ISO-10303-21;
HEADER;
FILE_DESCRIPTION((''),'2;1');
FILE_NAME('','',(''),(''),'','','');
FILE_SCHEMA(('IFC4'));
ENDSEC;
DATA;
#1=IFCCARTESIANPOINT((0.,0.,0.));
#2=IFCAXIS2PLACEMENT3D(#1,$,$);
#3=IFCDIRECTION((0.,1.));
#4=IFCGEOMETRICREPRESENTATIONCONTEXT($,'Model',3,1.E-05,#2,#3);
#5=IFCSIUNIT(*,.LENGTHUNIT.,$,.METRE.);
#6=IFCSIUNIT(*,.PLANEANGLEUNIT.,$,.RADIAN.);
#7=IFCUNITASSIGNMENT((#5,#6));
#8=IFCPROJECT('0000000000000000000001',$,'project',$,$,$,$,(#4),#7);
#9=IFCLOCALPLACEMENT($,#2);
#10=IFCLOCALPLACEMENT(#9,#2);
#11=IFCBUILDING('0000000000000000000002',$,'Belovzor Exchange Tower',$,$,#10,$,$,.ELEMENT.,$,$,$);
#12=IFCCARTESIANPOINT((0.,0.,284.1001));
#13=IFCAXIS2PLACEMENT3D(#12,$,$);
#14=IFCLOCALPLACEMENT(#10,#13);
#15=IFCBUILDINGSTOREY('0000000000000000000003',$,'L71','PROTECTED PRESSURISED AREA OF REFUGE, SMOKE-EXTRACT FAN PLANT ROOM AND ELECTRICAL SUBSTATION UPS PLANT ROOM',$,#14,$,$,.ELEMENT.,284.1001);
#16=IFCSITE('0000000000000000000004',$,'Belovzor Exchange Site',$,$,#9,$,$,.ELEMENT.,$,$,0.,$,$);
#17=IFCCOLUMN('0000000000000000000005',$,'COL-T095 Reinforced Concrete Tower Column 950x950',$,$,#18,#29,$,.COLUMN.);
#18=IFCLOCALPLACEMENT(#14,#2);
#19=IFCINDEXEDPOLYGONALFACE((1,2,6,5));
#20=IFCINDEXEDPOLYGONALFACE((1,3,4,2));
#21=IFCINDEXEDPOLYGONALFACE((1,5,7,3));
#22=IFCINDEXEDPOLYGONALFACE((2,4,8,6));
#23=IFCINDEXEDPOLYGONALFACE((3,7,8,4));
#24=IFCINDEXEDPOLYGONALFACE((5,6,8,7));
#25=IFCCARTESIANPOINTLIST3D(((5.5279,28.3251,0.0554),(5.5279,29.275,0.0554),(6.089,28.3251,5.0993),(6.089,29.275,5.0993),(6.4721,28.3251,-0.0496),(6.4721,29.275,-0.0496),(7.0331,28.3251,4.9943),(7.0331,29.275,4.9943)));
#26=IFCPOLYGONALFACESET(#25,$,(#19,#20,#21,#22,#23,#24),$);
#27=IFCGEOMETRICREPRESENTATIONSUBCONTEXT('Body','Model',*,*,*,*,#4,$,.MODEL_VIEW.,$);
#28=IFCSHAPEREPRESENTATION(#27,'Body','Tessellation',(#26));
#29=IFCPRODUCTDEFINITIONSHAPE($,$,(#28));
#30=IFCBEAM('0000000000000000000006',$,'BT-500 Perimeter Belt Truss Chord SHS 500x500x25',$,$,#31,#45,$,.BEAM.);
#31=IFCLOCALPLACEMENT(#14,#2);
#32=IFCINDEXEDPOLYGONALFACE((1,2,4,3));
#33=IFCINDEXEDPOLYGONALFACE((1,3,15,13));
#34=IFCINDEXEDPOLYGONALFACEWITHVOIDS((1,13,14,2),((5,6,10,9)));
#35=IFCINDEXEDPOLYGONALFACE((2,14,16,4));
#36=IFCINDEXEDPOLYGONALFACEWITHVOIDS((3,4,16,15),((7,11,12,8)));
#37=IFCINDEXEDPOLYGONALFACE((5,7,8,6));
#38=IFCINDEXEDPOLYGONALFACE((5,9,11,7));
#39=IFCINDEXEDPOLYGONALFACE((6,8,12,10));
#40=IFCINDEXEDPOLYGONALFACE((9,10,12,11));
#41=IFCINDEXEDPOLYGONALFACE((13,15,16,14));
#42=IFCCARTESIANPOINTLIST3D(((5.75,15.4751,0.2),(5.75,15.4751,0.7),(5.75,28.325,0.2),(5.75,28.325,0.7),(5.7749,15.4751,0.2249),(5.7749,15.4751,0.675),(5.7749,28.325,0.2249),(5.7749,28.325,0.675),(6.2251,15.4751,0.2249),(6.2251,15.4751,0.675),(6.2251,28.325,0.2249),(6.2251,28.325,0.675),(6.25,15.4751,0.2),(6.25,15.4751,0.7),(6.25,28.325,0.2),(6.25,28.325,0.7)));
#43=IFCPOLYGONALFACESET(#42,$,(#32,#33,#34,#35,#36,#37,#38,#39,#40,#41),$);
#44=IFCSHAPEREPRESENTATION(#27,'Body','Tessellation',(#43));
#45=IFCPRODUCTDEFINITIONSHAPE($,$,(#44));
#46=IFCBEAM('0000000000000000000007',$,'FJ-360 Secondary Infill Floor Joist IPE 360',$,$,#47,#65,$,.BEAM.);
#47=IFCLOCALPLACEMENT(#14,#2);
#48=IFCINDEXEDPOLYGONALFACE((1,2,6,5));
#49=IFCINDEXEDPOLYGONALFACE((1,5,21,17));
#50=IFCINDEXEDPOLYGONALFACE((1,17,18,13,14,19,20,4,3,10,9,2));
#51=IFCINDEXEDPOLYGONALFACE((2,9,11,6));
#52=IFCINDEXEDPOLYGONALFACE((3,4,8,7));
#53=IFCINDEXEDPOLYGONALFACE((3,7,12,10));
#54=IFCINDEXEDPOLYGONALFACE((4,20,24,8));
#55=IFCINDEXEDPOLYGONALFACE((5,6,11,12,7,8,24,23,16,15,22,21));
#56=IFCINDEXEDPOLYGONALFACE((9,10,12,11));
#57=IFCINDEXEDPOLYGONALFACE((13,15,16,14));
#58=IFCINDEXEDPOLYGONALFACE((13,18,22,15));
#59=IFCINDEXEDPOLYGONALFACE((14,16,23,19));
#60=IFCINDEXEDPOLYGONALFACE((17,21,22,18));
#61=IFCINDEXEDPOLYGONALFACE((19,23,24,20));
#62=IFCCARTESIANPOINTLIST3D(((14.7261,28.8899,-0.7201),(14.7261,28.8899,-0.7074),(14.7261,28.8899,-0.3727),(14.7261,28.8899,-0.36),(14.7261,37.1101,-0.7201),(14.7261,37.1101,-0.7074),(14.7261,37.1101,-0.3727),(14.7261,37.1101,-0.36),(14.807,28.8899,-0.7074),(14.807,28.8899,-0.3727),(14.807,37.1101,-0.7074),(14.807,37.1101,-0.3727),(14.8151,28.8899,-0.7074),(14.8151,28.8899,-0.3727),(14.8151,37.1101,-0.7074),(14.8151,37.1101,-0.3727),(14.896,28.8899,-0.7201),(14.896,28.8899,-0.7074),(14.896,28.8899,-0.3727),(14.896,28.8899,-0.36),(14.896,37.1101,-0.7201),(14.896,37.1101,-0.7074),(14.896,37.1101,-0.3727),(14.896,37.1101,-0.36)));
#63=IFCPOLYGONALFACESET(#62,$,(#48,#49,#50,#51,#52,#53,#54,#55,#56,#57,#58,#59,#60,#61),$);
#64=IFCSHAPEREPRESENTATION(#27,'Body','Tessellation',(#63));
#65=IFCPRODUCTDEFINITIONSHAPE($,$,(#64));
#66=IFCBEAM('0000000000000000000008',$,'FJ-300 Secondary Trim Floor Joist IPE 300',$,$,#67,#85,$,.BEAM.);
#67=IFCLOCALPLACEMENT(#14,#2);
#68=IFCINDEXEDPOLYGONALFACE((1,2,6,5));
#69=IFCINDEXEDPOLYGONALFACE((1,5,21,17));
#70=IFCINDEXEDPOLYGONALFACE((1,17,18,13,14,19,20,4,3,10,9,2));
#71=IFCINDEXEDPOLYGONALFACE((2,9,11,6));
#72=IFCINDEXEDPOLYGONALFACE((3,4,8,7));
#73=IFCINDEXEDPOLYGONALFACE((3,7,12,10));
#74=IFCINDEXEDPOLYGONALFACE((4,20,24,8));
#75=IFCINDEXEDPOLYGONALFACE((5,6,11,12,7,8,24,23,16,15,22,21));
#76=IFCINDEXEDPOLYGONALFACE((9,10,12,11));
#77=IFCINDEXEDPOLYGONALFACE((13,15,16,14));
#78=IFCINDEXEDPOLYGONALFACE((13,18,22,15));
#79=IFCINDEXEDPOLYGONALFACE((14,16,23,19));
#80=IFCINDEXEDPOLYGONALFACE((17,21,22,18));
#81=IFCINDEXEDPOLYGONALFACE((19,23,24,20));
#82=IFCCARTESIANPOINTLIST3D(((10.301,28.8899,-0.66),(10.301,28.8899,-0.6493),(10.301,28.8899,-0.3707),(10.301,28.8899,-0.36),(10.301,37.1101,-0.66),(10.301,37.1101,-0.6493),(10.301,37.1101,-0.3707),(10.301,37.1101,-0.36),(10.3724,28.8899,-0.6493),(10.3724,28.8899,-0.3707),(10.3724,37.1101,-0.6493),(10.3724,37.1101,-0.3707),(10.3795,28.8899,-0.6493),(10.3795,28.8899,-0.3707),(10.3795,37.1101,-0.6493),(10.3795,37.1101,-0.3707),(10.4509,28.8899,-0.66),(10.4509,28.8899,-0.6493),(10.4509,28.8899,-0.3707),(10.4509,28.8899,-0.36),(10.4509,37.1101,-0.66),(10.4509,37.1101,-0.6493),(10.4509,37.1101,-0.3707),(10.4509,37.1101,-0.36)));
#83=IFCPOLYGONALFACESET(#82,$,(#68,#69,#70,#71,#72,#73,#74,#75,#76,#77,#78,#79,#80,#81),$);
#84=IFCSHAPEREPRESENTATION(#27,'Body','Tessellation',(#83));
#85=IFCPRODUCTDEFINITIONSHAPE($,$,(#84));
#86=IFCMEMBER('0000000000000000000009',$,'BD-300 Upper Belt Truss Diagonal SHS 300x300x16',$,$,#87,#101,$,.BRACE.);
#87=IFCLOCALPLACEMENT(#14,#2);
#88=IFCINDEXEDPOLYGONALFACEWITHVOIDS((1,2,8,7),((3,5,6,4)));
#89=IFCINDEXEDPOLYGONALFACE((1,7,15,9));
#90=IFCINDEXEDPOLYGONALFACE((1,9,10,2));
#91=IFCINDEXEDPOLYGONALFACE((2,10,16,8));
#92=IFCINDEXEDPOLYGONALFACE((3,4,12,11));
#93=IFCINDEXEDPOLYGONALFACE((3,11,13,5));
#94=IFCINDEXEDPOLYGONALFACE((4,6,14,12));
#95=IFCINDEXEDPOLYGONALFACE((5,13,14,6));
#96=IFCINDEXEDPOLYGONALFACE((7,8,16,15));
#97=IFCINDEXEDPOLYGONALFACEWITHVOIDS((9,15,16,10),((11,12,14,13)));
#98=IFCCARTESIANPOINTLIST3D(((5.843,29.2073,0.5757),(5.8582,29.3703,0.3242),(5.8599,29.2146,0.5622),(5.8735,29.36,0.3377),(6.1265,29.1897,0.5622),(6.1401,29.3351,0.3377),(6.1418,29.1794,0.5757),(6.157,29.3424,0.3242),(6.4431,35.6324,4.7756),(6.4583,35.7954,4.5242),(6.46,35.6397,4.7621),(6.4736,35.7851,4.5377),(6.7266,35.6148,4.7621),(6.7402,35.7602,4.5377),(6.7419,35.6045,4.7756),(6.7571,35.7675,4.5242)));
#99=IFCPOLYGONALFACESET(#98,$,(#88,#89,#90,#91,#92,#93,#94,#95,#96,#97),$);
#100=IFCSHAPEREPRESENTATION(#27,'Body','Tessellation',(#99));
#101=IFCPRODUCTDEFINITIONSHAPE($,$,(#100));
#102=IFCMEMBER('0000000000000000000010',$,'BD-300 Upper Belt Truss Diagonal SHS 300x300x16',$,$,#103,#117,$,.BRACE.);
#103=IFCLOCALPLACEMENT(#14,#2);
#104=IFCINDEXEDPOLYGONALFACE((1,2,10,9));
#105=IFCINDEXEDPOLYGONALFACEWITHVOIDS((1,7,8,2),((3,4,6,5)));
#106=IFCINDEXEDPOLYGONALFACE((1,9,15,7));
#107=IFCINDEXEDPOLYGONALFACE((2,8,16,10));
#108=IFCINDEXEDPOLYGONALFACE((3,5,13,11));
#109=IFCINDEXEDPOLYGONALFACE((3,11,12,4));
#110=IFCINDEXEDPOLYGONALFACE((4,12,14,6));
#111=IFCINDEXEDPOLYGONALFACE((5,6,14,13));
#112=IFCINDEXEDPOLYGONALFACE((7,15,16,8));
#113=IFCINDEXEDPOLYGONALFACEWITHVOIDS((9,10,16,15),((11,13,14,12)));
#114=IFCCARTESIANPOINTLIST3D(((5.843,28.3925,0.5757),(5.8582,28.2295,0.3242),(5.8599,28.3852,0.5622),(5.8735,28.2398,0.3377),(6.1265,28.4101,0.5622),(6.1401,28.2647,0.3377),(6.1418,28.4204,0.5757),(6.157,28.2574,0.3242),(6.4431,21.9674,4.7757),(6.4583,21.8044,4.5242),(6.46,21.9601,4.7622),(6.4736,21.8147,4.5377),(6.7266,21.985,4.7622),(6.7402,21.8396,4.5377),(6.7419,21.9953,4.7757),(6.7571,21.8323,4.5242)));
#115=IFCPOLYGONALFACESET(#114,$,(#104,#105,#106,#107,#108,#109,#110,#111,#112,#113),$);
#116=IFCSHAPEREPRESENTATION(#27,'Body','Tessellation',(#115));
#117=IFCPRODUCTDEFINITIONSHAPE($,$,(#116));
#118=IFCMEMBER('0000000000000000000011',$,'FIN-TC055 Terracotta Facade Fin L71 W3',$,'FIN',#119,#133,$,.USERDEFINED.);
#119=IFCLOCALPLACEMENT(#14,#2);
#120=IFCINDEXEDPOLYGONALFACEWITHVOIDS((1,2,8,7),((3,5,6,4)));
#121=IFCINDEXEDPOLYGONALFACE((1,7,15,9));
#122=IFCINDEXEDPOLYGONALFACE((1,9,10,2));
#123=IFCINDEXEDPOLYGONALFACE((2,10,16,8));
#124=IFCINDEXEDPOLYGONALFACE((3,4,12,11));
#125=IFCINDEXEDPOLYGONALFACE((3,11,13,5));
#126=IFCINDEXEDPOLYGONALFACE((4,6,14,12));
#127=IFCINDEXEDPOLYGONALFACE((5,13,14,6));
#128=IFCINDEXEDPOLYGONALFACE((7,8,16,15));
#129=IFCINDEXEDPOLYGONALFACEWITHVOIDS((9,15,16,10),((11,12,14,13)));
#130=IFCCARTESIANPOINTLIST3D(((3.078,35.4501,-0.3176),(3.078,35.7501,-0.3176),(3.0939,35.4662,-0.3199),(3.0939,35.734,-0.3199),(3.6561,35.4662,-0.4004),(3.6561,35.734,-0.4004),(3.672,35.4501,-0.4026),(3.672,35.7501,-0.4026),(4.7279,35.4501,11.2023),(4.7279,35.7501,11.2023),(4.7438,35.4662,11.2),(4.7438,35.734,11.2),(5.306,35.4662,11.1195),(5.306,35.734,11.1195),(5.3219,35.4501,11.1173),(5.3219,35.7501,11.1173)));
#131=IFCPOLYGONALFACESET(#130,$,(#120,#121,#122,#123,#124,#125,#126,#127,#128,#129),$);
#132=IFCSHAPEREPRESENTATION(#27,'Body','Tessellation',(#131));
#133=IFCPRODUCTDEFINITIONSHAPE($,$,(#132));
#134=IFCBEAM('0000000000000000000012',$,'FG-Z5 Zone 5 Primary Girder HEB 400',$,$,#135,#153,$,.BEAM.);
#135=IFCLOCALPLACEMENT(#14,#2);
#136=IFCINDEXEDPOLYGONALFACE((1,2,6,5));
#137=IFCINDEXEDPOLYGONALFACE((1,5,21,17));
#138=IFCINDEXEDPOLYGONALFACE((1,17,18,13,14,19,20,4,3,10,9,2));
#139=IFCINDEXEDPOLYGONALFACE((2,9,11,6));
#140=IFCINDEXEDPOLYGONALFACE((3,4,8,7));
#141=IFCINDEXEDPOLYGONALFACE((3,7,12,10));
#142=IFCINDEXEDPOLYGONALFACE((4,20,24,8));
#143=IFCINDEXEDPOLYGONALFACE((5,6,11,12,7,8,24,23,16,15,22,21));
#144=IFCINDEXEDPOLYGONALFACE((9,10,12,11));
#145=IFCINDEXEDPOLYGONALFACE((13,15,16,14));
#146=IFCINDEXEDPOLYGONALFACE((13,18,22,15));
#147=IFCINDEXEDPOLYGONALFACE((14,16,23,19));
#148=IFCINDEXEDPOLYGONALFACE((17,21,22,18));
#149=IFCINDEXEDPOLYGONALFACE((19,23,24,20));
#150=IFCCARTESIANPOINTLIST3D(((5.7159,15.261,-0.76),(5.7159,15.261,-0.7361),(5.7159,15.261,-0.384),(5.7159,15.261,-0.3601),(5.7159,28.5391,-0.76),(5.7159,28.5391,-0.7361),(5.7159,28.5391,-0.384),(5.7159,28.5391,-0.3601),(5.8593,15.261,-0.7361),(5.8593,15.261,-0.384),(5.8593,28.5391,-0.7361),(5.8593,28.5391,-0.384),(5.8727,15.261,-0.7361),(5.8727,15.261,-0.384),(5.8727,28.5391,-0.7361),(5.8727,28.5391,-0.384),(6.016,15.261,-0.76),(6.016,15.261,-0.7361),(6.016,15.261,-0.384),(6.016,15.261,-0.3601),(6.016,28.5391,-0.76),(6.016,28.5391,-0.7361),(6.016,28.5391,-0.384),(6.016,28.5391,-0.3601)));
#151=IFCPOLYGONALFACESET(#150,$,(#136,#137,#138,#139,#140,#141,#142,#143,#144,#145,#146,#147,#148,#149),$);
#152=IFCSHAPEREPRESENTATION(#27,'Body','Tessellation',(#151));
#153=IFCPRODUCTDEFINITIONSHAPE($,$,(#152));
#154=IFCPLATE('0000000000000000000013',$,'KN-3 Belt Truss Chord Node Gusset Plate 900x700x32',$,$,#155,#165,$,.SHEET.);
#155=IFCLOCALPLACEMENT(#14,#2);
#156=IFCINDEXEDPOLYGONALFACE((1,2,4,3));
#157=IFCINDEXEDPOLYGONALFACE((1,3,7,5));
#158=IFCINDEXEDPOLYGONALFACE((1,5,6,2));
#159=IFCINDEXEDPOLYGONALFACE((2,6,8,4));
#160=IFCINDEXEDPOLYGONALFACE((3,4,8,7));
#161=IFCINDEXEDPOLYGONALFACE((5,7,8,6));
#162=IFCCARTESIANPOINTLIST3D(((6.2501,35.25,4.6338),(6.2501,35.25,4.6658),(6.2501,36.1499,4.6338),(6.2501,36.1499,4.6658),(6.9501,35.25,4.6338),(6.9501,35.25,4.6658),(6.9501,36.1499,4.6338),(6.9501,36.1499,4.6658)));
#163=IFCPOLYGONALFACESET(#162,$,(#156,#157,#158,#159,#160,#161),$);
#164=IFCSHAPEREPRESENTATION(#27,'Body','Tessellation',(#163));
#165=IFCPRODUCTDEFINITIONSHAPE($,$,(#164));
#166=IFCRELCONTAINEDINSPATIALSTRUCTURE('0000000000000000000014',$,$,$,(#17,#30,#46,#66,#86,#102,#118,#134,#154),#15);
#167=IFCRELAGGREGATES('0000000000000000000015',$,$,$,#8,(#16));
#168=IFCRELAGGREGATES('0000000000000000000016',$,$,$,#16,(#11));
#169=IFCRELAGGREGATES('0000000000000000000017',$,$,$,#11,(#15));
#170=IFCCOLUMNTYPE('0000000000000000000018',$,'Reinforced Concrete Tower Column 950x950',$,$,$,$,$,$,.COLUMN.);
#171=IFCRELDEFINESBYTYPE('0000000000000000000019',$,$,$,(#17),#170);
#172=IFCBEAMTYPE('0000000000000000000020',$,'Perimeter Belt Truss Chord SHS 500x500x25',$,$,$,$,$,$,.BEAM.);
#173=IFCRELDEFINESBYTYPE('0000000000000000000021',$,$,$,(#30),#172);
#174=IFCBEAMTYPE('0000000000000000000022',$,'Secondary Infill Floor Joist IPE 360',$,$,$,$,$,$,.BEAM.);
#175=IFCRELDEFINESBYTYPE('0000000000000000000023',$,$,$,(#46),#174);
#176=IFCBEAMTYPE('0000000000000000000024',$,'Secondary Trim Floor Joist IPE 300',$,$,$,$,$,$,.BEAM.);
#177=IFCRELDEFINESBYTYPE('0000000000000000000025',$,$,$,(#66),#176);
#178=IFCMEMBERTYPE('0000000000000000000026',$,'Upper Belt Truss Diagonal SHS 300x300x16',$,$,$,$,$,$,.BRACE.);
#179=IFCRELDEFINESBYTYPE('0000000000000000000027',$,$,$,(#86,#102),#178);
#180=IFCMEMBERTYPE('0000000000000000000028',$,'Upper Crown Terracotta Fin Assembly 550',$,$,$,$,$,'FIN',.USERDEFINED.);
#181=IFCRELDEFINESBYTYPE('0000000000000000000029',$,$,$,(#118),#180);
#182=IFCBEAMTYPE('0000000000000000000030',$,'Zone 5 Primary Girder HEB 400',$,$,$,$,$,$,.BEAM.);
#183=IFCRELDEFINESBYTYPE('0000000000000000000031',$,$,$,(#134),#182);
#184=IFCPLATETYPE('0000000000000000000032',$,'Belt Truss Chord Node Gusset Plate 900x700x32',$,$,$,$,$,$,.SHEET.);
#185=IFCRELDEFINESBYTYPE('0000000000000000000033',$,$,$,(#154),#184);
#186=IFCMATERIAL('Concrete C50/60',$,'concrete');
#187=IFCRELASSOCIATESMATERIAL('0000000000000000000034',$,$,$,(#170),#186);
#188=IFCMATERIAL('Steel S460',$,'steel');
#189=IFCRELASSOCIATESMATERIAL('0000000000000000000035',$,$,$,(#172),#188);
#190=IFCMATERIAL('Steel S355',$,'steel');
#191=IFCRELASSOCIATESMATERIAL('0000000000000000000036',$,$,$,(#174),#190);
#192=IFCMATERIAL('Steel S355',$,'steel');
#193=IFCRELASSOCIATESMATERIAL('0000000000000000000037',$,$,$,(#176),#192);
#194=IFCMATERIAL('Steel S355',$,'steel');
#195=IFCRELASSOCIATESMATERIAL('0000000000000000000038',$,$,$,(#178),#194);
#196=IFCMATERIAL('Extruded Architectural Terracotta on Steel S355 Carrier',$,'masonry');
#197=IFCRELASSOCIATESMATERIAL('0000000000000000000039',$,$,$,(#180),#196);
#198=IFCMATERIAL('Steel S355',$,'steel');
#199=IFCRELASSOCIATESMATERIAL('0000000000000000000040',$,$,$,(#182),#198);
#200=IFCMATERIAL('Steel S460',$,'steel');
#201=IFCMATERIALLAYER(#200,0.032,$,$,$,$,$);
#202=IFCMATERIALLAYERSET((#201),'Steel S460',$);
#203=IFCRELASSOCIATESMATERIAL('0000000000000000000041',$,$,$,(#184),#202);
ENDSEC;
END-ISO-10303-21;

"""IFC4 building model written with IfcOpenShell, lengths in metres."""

from ifc_helpers import new_model, si_unit, direction, frame, origin, origin_2d, place, context, subcontext, project, spatial, rectangle, hollow_rectangle, i_section, extrude, material, layer, layer_set, material_profile, profile_set, type_object, element, save


model = new_model("IFC4")

# Units and contexts
model_context = context("Model", 3, precision=1e-05, world=origin(), true_north=direction((0.0, 1.0)))
body_context = subcontext(model_context, "Body", "Model", "MODEL_VIEW")
ifc_project = project(units=[si_unit("LENGTHUNIT", "METRE"), si_unit("PLANEANGLEUNIT", "RADIAN")], contexts=[model_context])

# Site, building, storey
site_placement = place(None, origin())
site = spatial("IfcSite", under=ifc_project, at=site_placement, Name="Belovzor Exchange Site", CompositionType="ELEMENT", RefElevation=0.0)
building_placement = place(site_placement, origin())
building = spatial("IfcBuilding", under=site, at=building_placement, Name="Belovzor Exchange Tower", CompositionType="ELEMENT")
storey_placement = place(building_placement, frame((0.0, 0.0, 284.1001)))
storey = spatial("IfcBuildingStorey", under=building, at=storey_placement, Name="L71", Description="PROTECTED PRESSURISED AREA OF REFUGE, SMOKE-EXTRACT FAN PLANT ROOM AND ELECTRICAL SUBSTATION UPS PLANT ROOM", CompositionType="ELEMENT", Elevation=284.1001)

# Column
ifc_material_1 = material(Name="Concrete C50/60", Category="concrete")
ifc_material_profile_1 = material_profile(ifc_material_1, rectangle(XDim=0.95, YDim=0.95, at=origin_2d()))
ifc_profile_set_1 = profile_set([ifc_material_profile_1], Name="Concrete C50/60")
column_type = type_object("IfcColumnType", Name="Reinforced Concrete Tower Column 950x950", PredefinedType="COLUMN", material=ifc_profile_set_1)
column_placement = place(storey_placement, frame((6.0, 28.8, 0.0029), z_axis=(0.110548, 0.0, 0.993871), x_axis=(0.0, 1.0, 0.0)))
element("IfcColumn", 1, at=column_placement, inside=storey, type_object=column_type, Name="COL-T095 Reinforced Concrete Tower Column 950x950", PredefinedType="COLUMN", context=body_context, shape_type="SweptSolid", body=[
    extrude(rectangle(XDim=0.95, YDim=0.95, at=origin_2d()), origin(), (0.0, 0.0, 1.0), 5.075),
])

# Beams
ifc_material_2 = material(Name="Steel S460", Category="steel")
ifc_material_profile_2 = material_profile(ifc_material_2, hollow_rectangle(XDim=0.5, YDim=0.5, WallThickness=0.0249, at=origin_2d()))
ifc_profile_set_2 = profile_set([ifc_material_profile_2], Name="Steel S460")
beam_type_1 = type_object("IfcBeamType", Name="Perimeter Belt Truss Chord SHS 500x500x25", PredefinedType="BEAM", material=ifc_profile_set_2)
beam_1_placement = place(storey_placement, frame((6.0, 28.325, 0.45), z_axis=(0.0, -1.0, 0.0), x_axis=(1.0, 0.0, 0.0)))
element("IfcBeam", 2, at=beam_1_placement, inside=storey, type_object=beam_type_1, Name="BT-500 Perimeter Belt Truss Chord SHS 500x500x25", PredefinedType="BEAM", context=body_context, shape_type="SweptSolid", body=[
    extrude(hollow_rectangle(XDim=0.5, YDim=0.5, WallThickness=0.0249, at=origin_2d()), origin(), (0.0, 0.0, 1.0), 12.8499),
])
ifc_material_3 = material(Name="Steel S355", Category="steel")
ifc_material_profile_3 = material_profile(ifc_material_3, i_section(OverallWidth=0.1699, OverallDepth=0.3601, WebThickness=0.0081, FlangeThickness=0.0127, at=origin_2d()))
ifc_profile_set_3 = profile_set([ifc_material_profile_3], Name="Steel S355")
beam_type_2 = type_object("IfcBeamType", Name="Secondary Infill Floor Joist IPE 360", PredefinedType="BEAM", material=ifc_profile_set_3)
beam_2_placement = place(storey_placement, frame((14.811, 28.8899, -0.54), z_axis=(0.0, 1.0, 0.0), x_axis=(-1.0, 0.0, 0.0)))
element("IfcBeam", 3, at=beam_2_placement, inside=storey, type_object=beam_type_2, Name="FJ-360 Secondary Infill Floor Joist IPE 360", PredefinedType="BEAM", context=body_context, shape_type="SweptSolid", body=[
    extrude(i_section(OverallWidth=0.1699, OverallDepth=0.3601, WebThickness=0.0081, FlangeThickness=0.0127, at=origin_2d()), origin(), (0.0, 0.0, 1.0), 8.2202),
])
ifc_material_4 = material(Name="Steel S355", Category="steel")
ifc_material_profile_4 = material_profile(ifc_material_4, i_section(OverallWidth=0.1499, OverallDepth=0.3, WebThickness=0.0071, FlangeThickness=0.0107, at=origin_2d()))
ifc_profile_set_4 = profile_set([ifc_material_profile_4], Name="Steel S355")
beam_type_3 = type_object("IfcBeamType", Name="Secondary Trim Floor Joist IPE 300", PredefinedType="BEAM", material=ifc_profile_set_4)
beam_3_placement = place(storey_placement, frame((10.376, 28.8899, -0.51), z_axis=(0.0, 1.0, 0.0), x_axis=(-1.0, 0.0, 0.0)))
element("IfcBeam", 4, at=beam_3_placement, inside=storey, type_object=beam_type_3, Name="FJ-300 Secondary Trim Floor Joist IPE 300", PredefinedType="BEAM", context=body_context, shape_type="SweptSolid", body=[
    extrude(i_section(OverallWidth=0.1499, OverallDepth=0.3, WebThickness=0.0071, FlangeThickness=0.0107, at=origin_2d()), origin(), (0.0, 0.0, 1.0), 8.2202),
])

# Members
ifc_material_5 = material(Name="Steel S355", Category="steel")
ifc_material_profile_5 = material_profile(ifc_material_5, hollow_rectangle(XDim=0.3, YDim=0.3, WallThickness=0.0161, at=origin_2d()))
ifc_profile_set_5 = profile_set([ifc_material_profile_5], Name="Steel S355")
member_type_1 = type_object("IfcMemberType", Name="Upper Belt Truss Diagonal SHS 300x300x16", PredefinedType="BRACE", material=ifc_profile_set_5)
for number, where, z_axis, x_axis, name in (
    (5, (6.6001, 35.7, 4.6499), (-0.077941, -0.834486, -0.54549), (0.995667, -0.092995, 0.0), "BD-300 Upper Belt Truss Diagonal SHS 300x300x16"),
    (6, (6.0, 28.325, 0.45), (0.077941, -0.834486, 0.54549), (0.995667, 0.092995, 0.0), "BD-300 Upper Belt Truss Diagonal SHS 300x300x16"),
):
    element("IfcMember", number, at=place(storey_placement, frame(where, z_axis=z_axis, x_axis=x_axis)), inside=storey, type_object=member_type_1, Name=name, PredefinedType="BRACE", context=body_context, shape_type="SweptSolid", body=[
        extrude(hollow_rectangle(XDim=0.3, YDim=0.3, WallThickness=0.0161, at=origin_2d()), origin(), (0.0, 0.0, 1.0), 7.6995),
    ])
ifc_material_6 = material(Name="Extruded Architectural Terracotta on Steel S355 Carrier", Category="masonry")
ifc_material_profile_6 = material_profile(ifc_material_6, hollow_rectangle(XDim=0.3, YDim=0.6001, WallThickness=0.0161, at=origin_2d()))
ifc_profile_set_6 = profile_set([ifc_material_profile_6], Name="Extruded Architectural Terracotta on Steel S355 Carrier")
member_type_2 = type_object("IfcMemberType", Name="Upper Crown Terracotta Fin Assembly 550", ElementType="FIN", PredefinedType="USERDEFINED", material=ifc_profile_set_6)
member_placement = place(storey_placement, frame((3.375, 35.6001, -0.3601), z_axis=(0.141774, 0.0, 0.989899), x_axis=(0.0, 1.0, 0.0)))
element("IfcMember", 7, at=member_placement, inside=storey, type_object=member_type_2, Name="FIN-TC055 Terracotta Facade Fin L71 W3", ObjectType="FIN", PredefinedType="USERDEFINED", context=body_context, shape_type="SweptSolid", body=[
    extrude(hollow_rectangle(XDim=0.3, YDim=0.6001, WallThickness=0.0161, at=origin_2d()), origin(), (0.0, 0.0, 1.0), 11.6375),
])

# Beam
ifc_material_7 = material(Name="Steel S355", Category="steel")
ifc_material_profile_7 = material_profile(ifc_material_7, i_section(OverallWidth=0.3, OverallDepth=0.3999, WebThickness=0.0134, FlangeThickness=0.0239, at=origin_2d()))
ifc_profile_set_7 = profile_set([ifc_material_profile_7], Name="Steel S355")
beam_type_4 = type_object("IfcBeamType", Name="Zone 5 Primary Girder HEB 400", PredefinedType="BEAM", material=ifc_profile_set_7)
beam_4_placement = place(storey_placement, frame((5.866, 28.5391, -0.5601), z_axis=(0.0, -1.0, 0.0), x_axis=(1.0, 0.0, 0.0)))
element("IfcBeam", 8, at=beam_4_placement, inside=storey, type_object=beam_type_4, Name="FG-Z5 Zone 5 Primary Girder HEB 400", PredefinedType="BEAM", context=body_context, shape_type="SweptSolid", body=[
    extrude(i_section(OverallWidth=0.3, OverallDepth=0.3999, WebThickness=0.0134, FlangeThickness=0.0239, at=origin_2d()), origin(), (0.0, 0.0, 1.0), 13.2781),
])

# Plate
ifc_material_8 = material(Name="Steel S460", Category="steel")
ifc_layer_1 = layer(ifc_material_8, 0.032)
ifc_layer_set_1 = layer_set([ifc_layer_1], Name="Steel S460")
plate_type_1 = type_object("IfcPlateType", Name="Belt Truss Chord Node Gusset Plate 900x700x32", PredefinedType="SHEET", material=ifc_layer_set_1)
plate_1_placement = place(storey_placement, frame((6.6001, 35.7, 4.6338), z_axis=(0.0, 0.0, 1.0), x_axis=(0.0, 1.0, 0.0)))
element("IfcPlate", 9, at=plate_1_placement, inside=storey, type_object=plate_type_1, Name="KN-3 Belt Truss Chord Node Gusset Plate 900x700x32", PredefinedType="SHEET", context=body_context, shape_type="SweptSolid", body=[
    extrude(rectangle(XDim=0.8999, YDim=0.7, at=origin_2d()), origin(), (0.0, 0.0, 1.0), 0.032),
])

save(model, "model.ifc")
